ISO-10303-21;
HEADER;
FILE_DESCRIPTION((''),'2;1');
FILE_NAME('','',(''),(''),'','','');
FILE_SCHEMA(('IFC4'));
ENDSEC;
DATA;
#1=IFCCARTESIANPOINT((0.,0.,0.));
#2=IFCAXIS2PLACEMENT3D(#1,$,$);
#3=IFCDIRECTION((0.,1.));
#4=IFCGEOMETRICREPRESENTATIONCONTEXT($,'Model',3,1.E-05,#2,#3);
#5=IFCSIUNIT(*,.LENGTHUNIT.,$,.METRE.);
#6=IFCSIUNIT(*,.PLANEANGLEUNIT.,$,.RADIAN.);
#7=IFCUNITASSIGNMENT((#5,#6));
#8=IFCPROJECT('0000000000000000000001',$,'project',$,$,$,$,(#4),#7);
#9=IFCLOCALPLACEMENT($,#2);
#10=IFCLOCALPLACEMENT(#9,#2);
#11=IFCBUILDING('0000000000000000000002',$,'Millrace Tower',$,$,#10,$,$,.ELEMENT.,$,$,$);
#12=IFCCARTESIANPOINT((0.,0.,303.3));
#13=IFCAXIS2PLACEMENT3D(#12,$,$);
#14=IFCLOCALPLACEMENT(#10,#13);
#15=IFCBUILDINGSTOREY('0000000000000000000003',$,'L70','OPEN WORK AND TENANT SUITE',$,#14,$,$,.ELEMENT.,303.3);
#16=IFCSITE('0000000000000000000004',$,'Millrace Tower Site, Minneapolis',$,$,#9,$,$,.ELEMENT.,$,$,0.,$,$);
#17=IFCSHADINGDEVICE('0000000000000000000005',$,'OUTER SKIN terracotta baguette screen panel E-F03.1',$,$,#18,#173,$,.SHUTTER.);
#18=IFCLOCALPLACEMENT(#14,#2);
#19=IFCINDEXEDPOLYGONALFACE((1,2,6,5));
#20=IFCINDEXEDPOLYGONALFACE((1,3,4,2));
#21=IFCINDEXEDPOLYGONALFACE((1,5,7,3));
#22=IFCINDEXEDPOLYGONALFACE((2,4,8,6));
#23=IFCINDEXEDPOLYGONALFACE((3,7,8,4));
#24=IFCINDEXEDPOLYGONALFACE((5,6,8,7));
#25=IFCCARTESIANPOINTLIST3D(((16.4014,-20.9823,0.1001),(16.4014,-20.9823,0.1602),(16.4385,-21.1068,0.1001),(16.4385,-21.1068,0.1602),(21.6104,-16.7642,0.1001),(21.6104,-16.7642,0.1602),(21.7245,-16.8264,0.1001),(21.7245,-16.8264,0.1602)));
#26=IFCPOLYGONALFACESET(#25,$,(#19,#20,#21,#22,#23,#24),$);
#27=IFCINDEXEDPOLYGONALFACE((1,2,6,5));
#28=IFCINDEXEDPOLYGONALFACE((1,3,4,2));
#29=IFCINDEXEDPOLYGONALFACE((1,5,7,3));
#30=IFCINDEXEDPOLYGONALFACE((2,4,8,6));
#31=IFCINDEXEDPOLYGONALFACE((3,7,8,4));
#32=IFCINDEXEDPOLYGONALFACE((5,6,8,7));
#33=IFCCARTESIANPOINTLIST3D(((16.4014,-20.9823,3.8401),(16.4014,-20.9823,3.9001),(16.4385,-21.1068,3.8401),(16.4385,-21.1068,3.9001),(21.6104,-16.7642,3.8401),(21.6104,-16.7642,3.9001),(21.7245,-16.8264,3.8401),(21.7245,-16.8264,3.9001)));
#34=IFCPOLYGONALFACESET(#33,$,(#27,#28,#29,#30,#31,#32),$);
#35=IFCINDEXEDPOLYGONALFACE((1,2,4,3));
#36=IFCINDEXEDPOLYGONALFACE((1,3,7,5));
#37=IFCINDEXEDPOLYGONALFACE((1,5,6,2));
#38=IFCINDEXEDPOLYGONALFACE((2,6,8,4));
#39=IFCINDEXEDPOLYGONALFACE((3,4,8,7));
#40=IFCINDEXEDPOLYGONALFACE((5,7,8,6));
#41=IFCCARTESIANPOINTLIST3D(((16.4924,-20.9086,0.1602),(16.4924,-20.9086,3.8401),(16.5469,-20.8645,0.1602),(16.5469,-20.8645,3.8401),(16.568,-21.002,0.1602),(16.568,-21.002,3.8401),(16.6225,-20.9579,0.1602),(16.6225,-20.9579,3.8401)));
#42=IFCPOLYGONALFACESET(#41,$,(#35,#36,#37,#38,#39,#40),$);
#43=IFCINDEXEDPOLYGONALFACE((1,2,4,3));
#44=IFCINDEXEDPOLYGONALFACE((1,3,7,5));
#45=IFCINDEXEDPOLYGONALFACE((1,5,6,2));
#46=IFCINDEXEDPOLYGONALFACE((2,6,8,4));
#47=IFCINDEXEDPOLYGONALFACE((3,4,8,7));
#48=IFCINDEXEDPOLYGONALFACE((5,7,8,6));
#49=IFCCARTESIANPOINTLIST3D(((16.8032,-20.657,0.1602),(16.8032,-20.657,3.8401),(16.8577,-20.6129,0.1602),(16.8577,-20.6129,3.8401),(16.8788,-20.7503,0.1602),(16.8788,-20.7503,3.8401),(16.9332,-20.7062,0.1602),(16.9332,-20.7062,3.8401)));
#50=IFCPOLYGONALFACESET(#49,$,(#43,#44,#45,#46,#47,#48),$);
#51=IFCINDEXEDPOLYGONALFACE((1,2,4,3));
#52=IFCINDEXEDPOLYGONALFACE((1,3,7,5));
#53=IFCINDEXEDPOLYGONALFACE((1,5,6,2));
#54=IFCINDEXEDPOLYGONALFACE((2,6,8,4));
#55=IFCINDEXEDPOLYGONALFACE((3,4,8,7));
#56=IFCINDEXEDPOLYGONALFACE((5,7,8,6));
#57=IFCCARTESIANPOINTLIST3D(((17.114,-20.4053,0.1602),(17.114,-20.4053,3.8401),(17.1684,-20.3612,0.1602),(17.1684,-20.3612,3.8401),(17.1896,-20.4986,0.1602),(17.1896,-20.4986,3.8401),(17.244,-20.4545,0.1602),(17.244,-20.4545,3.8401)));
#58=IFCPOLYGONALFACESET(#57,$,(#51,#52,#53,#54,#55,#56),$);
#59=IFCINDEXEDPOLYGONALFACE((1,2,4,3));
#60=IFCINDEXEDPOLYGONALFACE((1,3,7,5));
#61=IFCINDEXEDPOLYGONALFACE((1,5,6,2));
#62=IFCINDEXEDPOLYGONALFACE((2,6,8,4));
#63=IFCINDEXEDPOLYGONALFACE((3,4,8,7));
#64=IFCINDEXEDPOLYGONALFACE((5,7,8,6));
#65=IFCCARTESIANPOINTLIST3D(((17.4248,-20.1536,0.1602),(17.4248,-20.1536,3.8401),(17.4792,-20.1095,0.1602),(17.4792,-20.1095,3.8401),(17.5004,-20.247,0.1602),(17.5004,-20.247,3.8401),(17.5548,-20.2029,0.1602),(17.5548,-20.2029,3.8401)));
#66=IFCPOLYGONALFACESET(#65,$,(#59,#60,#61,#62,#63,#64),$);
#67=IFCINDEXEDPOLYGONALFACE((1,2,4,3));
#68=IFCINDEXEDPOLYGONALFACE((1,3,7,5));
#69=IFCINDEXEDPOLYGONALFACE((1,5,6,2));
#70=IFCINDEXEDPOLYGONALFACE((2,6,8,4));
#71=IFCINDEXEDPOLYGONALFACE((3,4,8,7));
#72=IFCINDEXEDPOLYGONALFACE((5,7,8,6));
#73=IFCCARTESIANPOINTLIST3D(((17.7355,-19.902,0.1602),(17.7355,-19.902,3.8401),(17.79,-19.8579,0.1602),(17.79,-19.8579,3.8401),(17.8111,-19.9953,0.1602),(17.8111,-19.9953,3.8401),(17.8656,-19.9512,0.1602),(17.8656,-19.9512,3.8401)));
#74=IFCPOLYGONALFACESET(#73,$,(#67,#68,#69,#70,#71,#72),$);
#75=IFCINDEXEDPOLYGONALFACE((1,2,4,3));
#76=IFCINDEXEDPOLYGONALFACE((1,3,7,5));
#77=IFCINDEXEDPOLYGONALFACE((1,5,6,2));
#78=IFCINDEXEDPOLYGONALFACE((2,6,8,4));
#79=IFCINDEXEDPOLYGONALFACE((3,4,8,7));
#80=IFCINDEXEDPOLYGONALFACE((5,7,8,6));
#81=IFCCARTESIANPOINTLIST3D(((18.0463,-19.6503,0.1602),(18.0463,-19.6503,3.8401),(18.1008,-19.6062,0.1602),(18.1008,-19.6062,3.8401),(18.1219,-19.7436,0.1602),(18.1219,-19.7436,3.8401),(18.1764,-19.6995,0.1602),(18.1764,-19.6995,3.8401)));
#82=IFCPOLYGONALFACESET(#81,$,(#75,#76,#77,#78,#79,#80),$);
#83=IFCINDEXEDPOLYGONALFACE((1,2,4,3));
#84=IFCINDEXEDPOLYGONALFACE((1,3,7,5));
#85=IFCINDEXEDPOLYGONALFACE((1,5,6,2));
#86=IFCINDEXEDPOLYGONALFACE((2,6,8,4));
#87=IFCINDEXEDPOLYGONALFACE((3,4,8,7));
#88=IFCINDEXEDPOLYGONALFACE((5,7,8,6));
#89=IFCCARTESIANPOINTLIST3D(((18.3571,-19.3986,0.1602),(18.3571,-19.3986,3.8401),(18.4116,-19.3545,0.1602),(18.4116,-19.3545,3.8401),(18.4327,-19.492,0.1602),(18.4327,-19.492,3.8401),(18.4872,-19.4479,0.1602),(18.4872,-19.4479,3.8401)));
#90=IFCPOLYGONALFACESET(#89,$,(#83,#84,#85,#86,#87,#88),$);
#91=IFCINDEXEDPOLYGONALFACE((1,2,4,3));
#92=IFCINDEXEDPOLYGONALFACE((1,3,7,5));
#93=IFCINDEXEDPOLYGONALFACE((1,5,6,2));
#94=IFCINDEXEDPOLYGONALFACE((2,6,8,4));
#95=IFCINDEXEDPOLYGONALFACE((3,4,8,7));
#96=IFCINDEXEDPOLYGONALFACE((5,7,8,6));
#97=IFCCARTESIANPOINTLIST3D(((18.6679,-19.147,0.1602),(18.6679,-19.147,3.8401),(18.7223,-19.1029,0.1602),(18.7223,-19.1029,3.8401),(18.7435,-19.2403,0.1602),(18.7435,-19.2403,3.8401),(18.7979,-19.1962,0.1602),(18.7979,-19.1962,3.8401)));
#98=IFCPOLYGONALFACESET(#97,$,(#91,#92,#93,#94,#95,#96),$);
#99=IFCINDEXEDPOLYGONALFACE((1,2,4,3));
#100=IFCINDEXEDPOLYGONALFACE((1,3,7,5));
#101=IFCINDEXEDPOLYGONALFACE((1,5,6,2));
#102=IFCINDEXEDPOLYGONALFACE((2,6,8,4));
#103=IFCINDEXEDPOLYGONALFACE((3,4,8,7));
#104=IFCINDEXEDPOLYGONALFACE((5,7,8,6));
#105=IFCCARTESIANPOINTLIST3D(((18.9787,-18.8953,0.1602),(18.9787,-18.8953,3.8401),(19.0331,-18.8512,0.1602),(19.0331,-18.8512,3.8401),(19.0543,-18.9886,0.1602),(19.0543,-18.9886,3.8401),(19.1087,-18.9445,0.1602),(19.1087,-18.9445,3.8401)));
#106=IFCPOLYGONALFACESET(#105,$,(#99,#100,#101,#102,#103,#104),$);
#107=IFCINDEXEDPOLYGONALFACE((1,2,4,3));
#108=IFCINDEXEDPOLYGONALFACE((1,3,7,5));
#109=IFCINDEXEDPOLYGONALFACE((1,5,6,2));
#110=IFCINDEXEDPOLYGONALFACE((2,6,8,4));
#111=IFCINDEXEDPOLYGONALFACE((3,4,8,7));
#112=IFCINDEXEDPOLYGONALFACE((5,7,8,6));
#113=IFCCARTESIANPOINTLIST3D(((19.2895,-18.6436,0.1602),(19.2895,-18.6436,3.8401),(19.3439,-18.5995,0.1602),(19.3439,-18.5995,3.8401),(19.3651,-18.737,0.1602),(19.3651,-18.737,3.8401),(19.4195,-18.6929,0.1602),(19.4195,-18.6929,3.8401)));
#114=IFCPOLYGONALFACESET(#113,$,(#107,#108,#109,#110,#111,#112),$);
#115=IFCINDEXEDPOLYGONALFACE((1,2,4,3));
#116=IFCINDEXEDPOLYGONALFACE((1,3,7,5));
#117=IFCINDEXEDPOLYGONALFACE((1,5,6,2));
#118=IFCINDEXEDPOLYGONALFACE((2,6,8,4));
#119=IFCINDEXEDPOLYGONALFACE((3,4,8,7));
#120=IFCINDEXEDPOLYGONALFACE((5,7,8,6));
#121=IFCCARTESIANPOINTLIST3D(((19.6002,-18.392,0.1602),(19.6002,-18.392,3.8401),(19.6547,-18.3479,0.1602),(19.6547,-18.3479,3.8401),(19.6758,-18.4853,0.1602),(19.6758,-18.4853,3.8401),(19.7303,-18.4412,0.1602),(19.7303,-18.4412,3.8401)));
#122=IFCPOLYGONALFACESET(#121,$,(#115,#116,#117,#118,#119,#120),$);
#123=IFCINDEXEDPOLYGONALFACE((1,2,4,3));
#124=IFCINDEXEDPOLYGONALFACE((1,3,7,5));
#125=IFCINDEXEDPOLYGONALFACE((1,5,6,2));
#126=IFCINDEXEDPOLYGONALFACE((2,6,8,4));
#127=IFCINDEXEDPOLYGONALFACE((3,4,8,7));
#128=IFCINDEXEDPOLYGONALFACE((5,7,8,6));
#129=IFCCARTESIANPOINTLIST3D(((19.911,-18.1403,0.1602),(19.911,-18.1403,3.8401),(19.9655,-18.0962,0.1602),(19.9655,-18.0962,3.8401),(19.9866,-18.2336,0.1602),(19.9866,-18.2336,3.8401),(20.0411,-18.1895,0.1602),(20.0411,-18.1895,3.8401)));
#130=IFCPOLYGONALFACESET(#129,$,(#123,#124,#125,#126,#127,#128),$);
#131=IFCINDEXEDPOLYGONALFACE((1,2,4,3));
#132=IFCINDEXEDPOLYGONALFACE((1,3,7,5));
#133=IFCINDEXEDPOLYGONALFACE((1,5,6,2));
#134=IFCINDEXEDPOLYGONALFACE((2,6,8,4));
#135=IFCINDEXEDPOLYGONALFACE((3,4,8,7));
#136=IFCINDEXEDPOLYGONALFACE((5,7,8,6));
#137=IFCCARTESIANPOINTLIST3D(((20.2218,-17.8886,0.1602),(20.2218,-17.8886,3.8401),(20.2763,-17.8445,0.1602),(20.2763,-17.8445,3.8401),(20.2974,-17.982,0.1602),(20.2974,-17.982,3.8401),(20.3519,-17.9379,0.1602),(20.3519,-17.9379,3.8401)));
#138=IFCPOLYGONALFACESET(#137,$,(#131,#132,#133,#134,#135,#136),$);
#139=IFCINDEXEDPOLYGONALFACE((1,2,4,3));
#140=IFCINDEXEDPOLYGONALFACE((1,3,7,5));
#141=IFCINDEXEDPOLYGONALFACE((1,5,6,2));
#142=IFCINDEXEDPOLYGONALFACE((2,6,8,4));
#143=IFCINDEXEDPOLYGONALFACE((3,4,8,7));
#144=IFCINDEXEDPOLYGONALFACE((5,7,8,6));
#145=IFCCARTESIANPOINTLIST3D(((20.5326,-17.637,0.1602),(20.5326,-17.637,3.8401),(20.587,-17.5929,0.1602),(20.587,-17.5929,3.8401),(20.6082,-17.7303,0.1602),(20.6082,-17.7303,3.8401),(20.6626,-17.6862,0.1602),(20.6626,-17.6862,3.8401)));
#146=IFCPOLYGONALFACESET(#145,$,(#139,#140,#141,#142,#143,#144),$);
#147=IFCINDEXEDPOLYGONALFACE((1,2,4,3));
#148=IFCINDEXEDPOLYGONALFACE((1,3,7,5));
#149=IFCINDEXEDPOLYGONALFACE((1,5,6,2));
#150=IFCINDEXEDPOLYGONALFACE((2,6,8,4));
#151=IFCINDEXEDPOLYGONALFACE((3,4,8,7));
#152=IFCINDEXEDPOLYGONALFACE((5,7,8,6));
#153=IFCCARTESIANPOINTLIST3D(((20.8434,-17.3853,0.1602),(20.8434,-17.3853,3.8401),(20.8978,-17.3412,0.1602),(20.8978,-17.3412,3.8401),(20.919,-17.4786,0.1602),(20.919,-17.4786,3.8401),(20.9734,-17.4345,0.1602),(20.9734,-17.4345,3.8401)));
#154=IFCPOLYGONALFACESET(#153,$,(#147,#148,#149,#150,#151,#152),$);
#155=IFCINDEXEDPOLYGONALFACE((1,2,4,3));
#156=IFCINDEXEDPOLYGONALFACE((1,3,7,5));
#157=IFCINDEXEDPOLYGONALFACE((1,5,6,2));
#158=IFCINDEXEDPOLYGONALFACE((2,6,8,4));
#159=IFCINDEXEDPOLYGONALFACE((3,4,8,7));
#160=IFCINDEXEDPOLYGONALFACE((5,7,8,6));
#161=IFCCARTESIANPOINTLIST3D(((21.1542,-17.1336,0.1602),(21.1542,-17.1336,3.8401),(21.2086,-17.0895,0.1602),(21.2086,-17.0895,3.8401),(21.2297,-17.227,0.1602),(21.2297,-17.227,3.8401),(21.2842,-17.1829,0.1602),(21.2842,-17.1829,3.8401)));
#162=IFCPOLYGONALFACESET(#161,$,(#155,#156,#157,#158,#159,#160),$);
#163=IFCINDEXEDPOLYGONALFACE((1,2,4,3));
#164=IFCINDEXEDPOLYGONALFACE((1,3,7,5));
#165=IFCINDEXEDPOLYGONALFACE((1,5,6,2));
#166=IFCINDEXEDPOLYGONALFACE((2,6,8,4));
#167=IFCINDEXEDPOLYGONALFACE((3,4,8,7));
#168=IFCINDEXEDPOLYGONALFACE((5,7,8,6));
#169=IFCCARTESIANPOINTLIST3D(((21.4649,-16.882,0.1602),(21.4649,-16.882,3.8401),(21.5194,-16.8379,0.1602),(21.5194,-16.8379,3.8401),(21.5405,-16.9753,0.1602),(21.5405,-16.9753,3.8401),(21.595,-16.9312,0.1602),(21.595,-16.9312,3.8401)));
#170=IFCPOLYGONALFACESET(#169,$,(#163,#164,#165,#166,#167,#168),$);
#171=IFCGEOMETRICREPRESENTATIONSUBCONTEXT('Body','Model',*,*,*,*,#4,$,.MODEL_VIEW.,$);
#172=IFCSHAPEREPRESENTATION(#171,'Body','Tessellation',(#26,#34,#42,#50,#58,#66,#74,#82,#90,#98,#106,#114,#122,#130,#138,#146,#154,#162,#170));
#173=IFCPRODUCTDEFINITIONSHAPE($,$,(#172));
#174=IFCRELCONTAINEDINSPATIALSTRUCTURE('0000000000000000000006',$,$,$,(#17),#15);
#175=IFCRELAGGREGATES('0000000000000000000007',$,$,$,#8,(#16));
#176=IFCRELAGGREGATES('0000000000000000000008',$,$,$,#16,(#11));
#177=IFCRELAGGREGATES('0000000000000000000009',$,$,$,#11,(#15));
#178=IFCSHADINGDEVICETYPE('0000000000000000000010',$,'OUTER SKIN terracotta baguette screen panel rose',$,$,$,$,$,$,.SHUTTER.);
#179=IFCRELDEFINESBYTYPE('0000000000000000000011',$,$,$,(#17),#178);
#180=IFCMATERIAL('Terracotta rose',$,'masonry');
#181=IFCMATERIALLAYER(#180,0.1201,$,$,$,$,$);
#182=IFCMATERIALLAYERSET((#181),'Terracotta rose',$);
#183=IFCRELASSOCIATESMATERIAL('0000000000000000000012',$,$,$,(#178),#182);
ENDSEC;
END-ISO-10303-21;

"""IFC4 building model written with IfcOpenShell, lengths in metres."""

from ifc_helpers import new_model, entity, si_unit, direction, frame, frame_2d, origin, origin_2d, place, context, subcontext, project, spatial, rectangle, extrude, source, transform, mapped, material, layer, layer_set, type_object, element, save


model = new_model("IFC4")

# Units and contexts
model_context = context("Model", 3, precision=1e-05, world=origin(), true_north=direction((0.0, 1.0)))
body_context = subcontext(model_context, "Body", "Model", "MODEL_VIEW")
ifc_project = project(units=[si_unit("LENGTHUNIT", "METRE"), si_unit("PLANEANGLEUNIT", "RADIAN")], contexts=[model_context])

# Site, building, storey
site_placement = place(None, origin())
site = spatial("IfcSite", under=ifc_project, at=site_placement, Name="Millrace Tower Site, Minneapolis", CompositionType="ELEMENT", RefElevation=0.0)
building_placement = place(site_placement, origin())
building = spatial("IfcBuilding", under=site, at=building_placement, Name="Millrace Tower", CompositionType="ELEMENT")
storey_placement = place(building_placement, frame((0.0, 0.0, 303.3)))
storey = spatial("IfcBuildingStorey", under=building, at=storey_placement, Name="L70", Description="OPEN WORK AND TENANT SUITE", CompositionType="ELEMENT", Elevation=303.3)

# Shading device
ifc_material_1 = material(Name="Terracotta rose", Category="masonry")
ifc_layer_1 = layer(ifc_material_1, 0.1201)
ifc_layer_set_1 = layer_set([ifc_layer_1], Name="Terracotta rose")
shading_device_type = type_object("IfcShadingDeviceType", Name="OUTER SKIN terracotta baguette screen panel rose", PredefinedType="SHUTTER", material=ifc_layer_set_1)
cartesian_point_1 = entity("IfcCartesianPoint", [-3.3513, 0.0601])
shared_polyline_1 = entity("IfcPolyline", [cartesian_point_1, entity("IfcCartesianPoint", [3.3513, 0.0601]), entity("IfcCartesianPoint", [3.4009, -0.0601]), entity("IfcCartesianPoint", [-3.4009, -0.0601]), cartesian_point_1])
shared_shape_1 = source(origin(), body_context, "Body", "SweptSolid", [
    entity("IfcExtrudedAreaSolid", entity("IfcArbitraryClosedProfileDef", "AREA", None, shared_polyline_1), entity("IfcAxis2Placement3D", entity("IfcCartesianPoint", [0.0, 0.0, 0.0])), entity("IfcDirection", [0.0, 0.0, 1.0]), 0.0601),
    entity("IfcExtrudedAreaSolid", entity("IfcArbitraryClosedProfileDef", "AREA", None, shared_polyline_1), entity("IfcAxis2Placement3D", entity("IfcCartesianPoint", [0.0, 0.0, 3.74])), entity("IfcDirection", [0.0, 0.0, 1.0]), 0.0601),
    extrude(rectangle(XDim=0.0701, YDim=0.1201, at=frame_2d((-3.1992, 0.0))), frame((0.0, 0.0, 0.0601)), (0.0, 0.0, 1.0), 3.6799),
    extrude(rectangle(XDim=0.0701, YDim=0.1201, at=frame_2d((-2.7993, 0.0))), frame((0.0, 0.0, 0.0601)), (0.0, 0.0, 1.0), 3.6799),
    extrude(rectangle(XDim=0.0701, YDim=0.1201, at=frame_2d((-2.3994, 0.0))), frame((0.0, 0.0, 0.0601)), (0.0, 0.0, 1.0), 3.6799),
    extrude(rectangle(XDim=0.0701, YDim=0.1201, at=frame_2d((-1.9995, 0.0))), frame((0.0, 0.0, 0.0601)), (0.0, 0.0, 1.0), 3.6799),
    extrude(rectangle(XDim=0.0701, YDim=0.1201, at=frame_2d((-1.5996, 0.0))), frame((0.0, 0.0, 0.0601)), (0.0, 0.0, 1.0), 3.6799),
    extrude(rectangle(XDim=0.0701, YDim=0.1201, at=frame_2d((-1.1997, 0.0))), frame((0.0, 0.0, 0.0601)), (0.0, 0.0, 1.0), 3.6799),
    extrude(rectangle(XDim=0.0701, YDim=0.1201, at=frame_2d((-0.7998, 0.0))), frame((0.0, 0.0, 0.0601)), (0.0, 0.0, 1.0), 3.6799),
    extrude(rectangle(XDim=0.0701, YDim=0.1201, at=frame_2d((-0.3999, 0.0))), frame((0.0, 0.0, 0.0601)), (0.0, 0.0, 1.0), 3.6799),
    extrude(rectangle(XDim=0.0701, YDim=0.1201, at=origin_2d()), frame((0.0, 0.0, 0.0601)), (0.0, 0.0, 1.0), 3.6799),
    extrude(rectangle(XDim=0.0701, YDim=0.1201, at=frame_2d((0.3999, 0.0))), frame((0.0, 0.0, 0.0601)), (0.0, 0.0, 1.0), 3.6799),
    extrude(rectangle(XDim=0.0701, YDim=0.1201, at=frame_2d((0.7998, 0.0))), frame((0.0, 0.0, 0.0601)), (0.0, 0.0, 1.0), 3.6799),
    extrude(rectangle(XDim=0.0701, YDim=0.1201, at=frame_2d((1.1997, 0.0))), frame((0.0, 0.0, 0.0601)), (0.0, 0.0, 1.0), 3.6799),
    extrude(rectangle(XDim=0.0701, YDim=0.1201, at=frame_2d((1.5996, 0.0))), frame((0.0, 0.0, 0.0601)), (0.0, 0.0, 1.0), 3.6799),
    extrude(rectangle(XDim=0.0701, YDim=0.1201, at=frame_2d((1.9995, 0.0))), frame((0.0, 0.0, 0.0601)), (0.0, 0.0, 1.0), 3.6799),
    extrude(rectangle(XDim=0.0701, YDim=0.1201, at=frame_2d((2.3994, 0.0))), frame((0.0, 0.0, 0.0601)), (0.0, 0.0, 1.0), 3.6799),
    extrude(rectangle(XDim=0.0701, YDim=0.1201, at=frame_2d((2.7993, 0.0))), frame((0.0, 0.0, 0.0601)), (0.0, 0.0, 1.0), 3.6799),
    extrude(rectangle(XDim=0.0701, YDim=0.1201, at=frame_2d((3.1992, 0.0))), frame((0.0, 0.0, 0.0601)), (0.0, 0.0, 1.0), 3.6799),
])
shading_device_1_placement = place(storey_placement, frame((19.0437, -18.9199, 0.1001), z_axis=(0.0, 0.0, 1.0), x_axis=(0.777146, 0.62932, 0.0)))
element("IfcShadingDevice", 1, at=shading_device_1_placement, inside=storey, type_object=shading_device_type, Name="OUTER SKIN terracotta baguette screen panel E-F03.1", PredefinedType="SHUTTER", context=body_context, shape_type="MappedRepresentation", body=[
    mapped(shared_shape_1, transform((0.0, 0.0, 0.0), scale=1.0)),
])

save(model, "model.ifc")
